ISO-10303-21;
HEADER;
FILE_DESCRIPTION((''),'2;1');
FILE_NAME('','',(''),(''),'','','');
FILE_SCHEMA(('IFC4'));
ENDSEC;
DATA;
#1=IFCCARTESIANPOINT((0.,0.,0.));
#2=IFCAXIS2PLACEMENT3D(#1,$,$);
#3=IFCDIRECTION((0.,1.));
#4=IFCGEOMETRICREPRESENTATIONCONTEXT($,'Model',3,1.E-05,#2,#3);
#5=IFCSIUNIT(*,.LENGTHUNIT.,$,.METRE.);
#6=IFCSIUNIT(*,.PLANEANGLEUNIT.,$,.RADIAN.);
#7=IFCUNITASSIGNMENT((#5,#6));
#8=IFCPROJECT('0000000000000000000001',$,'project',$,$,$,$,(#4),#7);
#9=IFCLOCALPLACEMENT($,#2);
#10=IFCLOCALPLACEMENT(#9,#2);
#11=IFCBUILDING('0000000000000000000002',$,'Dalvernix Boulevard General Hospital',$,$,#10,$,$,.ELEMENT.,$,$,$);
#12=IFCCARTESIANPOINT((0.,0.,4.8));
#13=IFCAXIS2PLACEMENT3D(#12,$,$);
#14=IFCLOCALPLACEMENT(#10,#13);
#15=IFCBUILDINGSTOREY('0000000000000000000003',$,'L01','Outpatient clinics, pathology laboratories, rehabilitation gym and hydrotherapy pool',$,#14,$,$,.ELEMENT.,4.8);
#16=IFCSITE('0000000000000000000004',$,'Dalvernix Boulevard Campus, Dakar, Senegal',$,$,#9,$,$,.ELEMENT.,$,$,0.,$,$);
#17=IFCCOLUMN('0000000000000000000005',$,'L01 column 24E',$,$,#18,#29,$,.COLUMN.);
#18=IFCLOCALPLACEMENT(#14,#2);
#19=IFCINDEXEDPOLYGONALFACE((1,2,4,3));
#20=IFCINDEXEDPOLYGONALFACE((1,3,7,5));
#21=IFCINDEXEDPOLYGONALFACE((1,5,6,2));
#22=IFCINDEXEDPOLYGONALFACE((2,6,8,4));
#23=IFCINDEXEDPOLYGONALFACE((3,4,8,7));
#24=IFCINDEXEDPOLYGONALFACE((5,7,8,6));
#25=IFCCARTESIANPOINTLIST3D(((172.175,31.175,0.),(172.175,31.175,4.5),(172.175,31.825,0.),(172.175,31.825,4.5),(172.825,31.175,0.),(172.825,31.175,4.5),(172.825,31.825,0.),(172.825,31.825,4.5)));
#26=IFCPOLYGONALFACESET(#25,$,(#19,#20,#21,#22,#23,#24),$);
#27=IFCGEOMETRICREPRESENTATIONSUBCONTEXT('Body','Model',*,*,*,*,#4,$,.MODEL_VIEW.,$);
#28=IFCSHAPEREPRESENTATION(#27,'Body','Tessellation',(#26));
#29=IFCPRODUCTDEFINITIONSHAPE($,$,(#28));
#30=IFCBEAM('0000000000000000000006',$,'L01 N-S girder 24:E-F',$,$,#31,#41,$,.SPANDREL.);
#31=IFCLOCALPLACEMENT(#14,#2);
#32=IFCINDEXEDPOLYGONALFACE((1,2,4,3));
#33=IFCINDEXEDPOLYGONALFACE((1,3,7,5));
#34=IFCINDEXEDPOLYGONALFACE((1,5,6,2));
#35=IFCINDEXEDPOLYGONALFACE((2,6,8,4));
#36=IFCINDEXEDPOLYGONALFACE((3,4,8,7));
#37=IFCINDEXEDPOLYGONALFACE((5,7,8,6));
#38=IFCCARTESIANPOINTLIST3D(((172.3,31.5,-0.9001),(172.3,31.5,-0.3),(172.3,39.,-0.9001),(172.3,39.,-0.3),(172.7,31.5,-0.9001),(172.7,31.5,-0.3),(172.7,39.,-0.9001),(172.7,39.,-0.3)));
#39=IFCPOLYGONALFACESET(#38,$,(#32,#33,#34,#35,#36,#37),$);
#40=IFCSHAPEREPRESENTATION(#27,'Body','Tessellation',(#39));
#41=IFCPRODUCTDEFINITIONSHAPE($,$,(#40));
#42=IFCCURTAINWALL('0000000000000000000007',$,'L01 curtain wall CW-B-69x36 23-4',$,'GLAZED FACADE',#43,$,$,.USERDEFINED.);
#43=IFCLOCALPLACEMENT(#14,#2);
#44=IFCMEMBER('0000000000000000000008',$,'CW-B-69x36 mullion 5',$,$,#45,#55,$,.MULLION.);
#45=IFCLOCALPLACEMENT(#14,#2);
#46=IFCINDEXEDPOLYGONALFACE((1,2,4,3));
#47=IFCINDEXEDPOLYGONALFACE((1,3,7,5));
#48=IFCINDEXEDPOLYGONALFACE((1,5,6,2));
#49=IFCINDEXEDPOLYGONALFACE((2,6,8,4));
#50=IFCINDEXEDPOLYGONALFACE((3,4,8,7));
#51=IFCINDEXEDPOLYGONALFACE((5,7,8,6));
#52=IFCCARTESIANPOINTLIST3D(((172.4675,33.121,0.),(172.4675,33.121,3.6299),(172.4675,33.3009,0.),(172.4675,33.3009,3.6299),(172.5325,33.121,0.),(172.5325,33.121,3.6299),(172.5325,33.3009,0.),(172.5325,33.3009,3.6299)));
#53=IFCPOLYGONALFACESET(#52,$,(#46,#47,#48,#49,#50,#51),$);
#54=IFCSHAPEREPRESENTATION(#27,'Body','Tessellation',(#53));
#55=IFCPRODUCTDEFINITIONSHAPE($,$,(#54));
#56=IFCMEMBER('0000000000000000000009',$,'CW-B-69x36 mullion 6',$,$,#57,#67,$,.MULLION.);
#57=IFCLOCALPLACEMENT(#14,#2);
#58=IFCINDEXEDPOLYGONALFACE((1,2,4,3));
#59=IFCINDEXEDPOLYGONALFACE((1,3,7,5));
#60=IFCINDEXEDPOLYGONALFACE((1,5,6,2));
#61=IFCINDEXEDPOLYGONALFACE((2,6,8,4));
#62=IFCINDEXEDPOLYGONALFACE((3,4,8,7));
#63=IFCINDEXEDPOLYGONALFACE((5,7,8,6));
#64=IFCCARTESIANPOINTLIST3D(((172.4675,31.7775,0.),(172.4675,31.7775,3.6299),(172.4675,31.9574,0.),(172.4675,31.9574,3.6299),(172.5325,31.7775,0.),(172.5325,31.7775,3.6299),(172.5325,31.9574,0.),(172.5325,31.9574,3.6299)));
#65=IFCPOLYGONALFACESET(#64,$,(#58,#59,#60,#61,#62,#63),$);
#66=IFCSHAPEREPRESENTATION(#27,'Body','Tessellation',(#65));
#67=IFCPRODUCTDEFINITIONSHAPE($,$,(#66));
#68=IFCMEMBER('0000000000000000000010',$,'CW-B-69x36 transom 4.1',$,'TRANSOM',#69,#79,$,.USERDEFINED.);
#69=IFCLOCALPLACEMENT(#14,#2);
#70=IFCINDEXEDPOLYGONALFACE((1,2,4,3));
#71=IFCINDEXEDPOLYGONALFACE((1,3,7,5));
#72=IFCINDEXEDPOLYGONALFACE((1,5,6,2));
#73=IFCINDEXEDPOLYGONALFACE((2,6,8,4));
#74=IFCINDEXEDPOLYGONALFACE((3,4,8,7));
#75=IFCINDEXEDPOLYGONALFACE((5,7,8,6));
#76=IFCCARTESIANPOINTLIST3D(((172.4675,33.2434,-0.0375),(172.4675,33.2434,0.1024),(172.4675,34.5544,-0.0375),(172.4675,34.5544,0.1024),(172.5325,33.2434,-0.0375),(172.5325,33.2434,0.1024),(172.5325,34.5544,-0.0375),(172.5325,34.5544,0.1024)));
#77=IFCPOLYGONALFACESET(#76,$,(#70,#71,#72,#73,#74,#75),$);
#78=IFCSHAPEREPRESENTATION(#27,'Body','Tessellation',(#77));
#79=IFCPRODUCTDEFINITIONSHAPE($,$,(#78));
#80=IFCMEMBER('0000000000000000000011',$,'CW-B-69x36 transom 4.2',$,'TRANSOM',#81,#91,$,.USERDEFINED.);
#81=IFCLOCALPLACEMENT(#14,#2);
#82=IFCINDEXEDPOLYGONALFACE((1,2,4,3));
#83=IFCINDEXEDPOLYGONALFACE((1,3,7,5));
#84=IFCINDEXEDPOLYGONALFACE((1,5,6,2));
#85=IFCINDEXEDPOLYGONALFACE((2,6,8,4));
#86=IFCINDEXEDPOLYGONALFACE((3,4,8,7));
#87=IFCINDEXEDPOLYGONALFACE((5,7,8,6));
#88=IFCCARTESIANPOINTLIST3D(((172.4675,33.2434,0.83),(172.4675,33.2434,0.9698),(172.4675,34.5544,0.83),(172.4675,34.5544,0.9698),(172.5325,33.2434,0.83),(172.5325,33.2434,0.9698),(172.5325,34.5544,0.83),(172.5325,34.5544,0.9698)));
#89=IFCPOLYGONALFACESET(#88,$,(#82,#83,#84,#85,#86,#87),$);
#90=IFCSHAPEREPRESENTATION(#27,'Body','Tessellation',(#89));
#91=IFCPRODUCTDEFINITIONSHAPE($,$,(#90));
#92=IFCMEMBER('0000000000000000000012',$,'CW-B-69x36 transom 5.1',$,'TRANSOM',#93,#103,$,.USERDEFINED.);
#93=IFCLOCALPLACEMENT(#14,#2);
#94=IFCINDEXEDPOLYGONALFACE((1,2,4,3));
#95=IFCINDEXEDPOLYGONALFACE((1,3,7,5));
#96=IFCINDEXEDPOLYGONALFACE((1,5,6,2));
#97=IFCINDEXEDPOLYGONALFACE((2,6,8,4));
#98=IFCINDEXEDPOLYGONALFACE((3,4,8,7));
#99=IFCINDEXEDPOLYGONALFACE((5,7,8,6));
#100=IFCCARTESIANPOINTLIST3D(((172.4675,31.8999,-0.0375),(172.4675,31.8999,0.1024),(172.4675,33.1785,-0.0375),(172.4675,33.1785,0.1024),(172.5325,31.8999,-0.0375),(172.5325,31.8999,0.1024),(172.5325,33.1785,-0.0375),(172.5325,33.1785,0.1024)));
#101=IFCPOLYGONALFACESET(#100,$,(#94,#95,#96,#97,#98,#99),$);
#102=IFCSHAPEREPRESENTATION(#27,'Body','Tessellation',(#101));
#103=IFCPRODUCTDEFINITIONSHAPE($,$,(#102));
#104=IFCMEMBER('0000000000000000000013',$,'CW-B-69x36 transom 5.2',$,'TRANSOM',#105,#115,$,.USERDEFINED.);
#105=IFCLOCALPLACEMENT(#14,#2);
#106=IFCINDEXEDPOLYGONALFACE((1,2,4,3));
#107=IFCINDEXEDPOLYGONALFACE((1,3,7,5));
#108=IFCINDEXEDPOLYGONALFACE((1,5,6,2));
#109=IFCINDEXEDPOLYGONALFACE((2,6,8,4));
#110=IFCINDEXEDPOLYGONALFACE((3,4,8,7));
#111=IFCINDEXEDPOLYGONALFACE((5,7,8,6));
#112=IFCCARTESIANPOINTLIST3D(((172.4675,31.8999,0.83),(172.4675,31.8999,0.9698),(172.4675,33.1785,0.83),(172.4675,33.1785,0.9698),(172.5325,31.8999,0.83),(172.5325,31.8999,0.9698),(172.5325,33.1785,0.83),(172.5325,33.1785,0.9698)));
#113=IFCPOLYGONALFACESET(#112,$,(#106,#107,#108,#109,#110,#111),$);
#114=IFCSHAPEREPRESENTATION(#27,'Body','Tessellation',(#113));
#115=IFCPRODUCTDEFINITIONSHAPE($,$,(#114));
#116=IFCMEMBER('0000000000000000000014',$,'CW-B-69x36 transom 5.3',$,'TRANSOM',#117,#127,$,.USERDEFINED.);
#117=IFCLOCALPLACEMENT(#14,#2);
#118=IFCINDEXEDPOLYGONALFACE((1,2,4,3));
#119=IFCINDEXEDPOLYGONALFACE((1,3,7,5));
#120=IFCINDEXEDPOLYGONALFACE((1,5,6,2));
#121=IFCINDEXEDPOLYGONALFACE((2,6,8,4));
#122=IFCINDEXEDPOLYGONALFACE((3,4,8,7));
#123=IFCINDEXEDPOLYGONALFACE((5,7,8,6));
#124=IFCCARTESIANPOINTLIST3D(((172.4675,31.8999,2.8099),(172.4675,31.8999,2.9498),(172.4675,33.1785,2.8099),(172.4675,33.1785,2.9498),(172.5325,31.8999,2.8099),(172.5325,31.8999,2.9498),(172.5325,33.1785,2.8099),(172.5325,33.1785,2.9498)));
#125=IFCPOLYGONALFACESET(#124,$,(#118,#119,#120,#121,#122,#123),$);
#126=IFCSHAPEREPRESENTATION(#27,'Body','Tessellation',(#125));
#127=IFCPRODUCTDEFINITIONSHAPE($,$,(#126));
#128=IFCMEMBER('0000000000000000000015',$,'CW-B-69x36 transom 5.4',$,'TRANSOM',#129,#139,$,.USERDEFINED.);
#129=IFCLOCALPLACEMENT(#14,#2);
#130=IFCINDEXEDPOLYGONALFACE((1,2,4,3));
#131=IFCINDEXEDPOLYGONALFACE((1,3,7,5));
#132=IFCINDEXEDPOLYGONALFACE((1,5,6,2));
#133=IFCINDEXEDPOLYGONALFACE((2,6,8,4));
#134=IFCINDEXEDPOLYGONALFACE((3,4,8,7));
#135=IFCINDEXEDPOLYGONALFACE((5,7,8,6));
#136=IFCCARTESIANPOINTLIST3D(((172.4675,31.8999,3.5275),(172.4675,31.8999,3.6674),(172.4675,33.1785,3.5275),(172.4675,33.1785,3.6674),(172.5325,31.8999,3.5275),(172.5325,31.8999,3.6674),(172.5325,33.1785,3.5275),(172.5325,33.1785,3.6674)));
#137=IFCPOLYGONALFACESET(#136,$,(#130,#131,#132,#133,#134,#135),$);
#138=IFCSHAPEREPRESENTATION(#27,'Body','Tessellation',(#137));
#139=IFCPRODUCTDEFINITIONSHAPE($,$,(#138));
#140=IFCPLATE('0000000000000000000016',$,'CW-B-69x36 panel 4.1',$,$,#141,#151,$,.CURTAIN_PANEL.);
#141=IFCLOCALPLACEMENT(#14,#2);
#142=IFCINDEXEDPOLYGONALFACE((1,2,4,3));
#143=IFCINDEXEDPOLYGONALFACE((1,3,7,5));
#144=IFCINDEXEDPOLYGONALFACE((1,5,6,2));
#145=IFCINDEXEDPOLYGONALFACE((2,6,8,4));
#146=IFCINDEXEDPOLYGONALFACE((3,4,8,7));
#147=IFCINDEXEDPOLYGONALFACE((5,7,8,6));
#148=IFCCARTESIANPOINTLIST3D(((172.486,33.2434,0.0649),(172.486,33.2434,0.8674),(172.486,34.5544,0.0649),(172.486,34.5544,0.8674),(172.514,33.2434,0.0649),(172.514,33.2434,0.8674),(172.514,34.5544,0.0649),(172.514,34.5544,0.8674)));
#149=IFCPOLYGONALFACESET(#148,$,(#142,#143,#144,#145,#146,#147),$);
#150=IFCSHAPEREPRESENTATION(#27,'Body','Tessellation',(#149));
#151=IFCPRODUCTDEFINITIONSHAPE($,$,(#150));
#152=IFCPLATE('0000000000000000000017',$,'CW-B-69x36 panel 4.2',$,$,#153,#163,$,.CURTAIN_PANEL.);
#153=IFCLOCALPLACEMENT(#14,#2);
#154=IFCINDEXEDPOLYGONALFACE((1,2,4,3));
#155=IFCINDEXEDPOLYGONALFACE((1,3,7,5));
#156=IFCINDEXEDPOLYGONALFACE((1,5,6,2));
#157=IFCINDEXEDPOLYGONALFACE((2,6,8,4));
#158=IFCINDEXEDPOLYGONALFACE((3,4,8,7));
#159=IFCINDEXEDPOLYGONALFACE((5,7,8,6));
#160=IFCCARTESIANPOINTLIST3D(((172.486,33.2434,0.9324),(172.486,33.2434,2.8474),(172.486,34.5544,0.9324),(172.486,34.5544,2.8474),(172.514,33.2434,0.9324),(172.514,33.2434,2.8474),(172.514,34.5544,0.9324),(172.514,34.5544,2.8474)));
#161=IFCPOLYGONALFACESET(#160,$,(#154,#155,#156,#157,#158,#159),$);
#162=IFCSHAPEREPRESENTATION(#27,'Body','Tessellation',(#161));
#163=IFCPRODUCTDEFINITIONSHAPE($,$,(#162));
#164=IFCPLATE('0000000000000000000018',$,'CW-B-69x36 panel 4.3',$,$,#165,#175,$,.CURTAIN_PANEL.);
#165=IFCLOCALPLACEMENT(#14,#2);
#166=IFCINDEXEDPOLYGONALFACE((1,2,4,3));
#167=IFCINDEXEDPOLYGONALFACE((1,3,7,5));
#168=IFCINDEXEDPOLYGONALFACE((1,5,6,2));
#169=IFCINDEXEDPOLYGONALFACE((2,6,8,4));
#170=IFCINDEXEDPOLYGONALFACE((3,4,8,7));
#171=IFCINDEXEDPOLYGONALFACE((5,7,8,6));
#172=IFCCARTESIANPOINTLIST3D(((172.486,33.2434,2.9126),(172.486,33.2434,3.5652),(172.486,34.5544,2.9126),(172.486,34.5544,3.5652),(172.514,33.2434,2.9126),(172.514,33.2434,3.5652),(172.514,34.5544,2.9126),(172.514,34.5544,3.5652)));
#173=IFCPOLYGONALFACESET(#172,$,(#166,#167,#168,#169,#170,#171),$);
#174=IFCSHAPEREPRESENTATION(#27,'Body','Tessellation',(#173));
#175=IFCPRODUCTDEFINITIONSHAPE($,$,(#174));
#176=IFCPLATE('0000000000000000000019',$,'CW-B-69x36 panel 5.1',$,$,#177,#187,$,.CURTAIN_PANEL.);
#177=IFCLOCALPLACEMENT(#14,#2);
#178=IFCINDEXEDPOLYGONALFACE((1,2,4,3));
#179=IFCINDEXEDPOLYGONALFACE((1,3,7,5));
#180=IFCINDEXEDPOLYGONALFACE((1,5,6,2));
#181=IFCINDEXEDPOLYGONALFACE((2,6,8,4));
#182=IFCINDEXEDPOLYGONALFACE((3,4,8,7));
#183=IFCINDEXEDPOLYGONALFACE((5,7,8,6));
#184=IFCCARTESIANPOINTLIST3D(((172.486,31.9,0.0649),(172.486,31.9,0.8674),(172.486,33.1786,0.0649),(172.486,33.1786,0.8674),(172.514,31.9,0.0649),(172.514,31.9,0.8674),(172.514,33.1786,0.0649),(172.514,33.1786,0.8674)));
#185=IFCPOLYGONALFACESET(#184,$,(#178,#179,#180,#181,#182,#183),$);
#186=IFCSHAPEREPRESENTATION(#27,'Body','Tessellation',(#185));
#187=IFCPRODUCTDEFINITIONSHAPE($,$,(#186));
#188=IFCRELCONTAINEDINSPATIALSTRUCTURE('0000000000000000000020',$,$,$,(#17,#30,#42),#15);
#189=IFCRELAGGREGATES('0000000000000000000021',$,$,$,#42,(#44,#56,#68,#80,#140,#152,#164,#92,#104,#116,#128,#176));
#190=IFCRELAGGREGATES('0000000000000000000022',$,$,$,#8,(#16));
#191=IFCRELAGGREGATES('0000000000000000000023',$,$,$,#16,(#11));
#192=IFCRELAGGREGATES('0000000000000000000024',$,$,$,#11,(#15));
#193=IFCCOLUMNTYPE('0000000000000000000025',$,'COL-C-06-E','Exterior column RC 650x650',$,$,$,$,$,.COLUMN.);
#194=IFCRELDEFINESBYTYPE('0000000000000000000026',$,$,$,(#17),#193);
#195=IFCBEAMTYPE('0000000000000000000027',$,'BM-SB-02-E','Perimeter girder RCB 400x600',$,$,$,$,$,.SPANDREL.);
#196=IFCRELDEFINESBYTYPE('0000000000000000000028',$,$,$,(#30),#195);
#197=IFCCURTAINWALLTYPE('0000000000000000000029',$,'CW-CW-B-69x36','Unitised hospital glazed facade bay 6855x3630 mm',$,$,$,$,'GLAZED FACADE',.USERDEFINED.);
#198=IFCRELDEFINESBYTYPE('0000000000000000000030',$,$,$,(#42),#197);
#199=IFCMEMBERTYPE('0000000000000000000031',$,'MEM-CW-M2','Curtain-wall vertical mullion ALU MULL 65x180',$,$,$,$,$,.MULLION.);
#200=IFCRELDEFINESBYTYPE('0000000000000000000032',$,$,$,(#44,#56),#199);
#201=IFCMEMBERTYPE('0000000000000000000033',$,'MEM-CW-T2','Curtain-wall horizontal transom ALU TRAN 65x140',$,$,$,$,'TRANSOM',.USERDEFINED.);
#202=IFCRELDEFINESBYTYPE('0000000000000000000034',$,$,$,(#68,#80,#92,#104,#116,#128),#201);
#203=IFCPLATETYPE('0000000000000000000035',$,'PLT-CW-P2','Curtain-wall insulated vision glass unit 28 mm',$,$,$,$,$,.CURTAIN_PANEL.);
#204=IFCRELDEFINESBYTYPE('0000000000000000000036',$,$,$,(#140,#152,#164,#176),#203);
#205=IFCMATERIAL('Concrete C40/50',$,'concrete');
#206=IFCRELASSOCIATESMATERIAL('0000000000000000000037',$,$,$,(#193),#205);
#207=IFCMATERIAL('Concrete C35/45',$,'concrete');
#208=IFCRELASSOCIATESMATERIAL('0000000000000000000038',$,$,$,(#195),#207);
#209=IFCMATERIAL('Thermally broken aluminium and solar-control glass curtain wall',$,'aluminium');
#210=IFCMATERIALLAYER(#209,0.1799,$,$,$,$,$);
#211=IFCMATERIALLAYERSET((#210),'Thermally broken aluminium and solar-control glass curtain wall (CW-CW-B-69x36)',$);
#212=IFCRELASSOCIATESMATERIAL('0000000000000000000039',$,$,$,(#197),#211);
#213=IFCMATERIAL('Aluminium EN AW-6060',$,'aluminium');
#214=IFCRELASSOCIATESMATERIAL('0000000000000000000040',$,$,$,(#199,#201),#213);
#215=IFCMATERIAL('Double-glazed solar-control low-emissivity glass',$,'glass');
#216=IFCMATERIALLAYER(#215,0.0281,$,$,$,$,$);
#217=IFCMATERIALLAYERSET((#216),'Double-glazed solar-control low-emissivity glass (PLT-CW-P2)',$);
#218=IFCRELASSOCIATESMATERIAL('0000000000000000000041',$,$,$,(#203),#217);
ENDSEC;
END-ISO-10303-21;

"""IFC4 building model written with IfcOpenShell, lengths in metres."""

from ifc_helpers import new_model, si_unit, direction, frame, origin, origin_2d, place, context, subcontext, project, spatial, rectangle, extrude, material, layer, layer_set, material_profile, profile_set, type_object, element, aggregate, save


model = new_model("IFC4")

# Units and contexts
model_context = context("Model", 3, precision=1e-05, world=origin(), true_north=direction((0.0, 1.0)))
body_context = subcontext(model_context, "Body", "Model", "MODEL_VIEW")
ifc_project = project(units=[si_unit("LENGTHUNIT", "METRE"), si_unit("PLANEANGLEUNIT", "RADIAN")], contexts=[model_context])

# Site, building, storey
site_placement = place(None, origin())
site = spatial("IfcSite", under=ifc_project, at=site_placement, Name="Dalvernix Boulevard Campus, Dakar, Senegal", CompositionType="ELEMENT", RefElevation=0.0)
building_placement = place(site_placement, origin())
building = spatial("IfcBuilding", under=site, at=building_placement, Name="Dalvernix Boulevard General Hospital", CompositionType="ELEMENT")
storey_placement = place(building_placement, frame((0.0, 0.0, 4.8)))
storey = spatial("IfcBuildingStorey", under=building, at=storey_placement, Name="L01", Description="Outpatient clinics, pathology laboratories, rehabilitation gym and hydrotherapy pool", CompositionType="ELEMENT", Elevation=4.8)

# Column
ifc_material_1 = material(Name="Concrete C40/50", Category="concrete")
ifc_material_profile_1 = material_profile(ifc_material_1, rectangle(XDim=0.6499, YDim=0.6499, at=origin_2d()), Name="RC 650x650")
ifc_profile_set_1 = profile_set([ifc_material_profile_1], Name="Concrete C40/50")
column_type = type_object("IfcColumnType", Name="COL-C-06-E", Description="Exterior column RC 650x650", PredefinedType="COLUMN", material=ifc_profile_set_1)
column_placement = place(storey_placement, frame((172.5, 31.5, 0.0), z_axis=(0.0, 0.0, 1.0), x_axis=(1.0, 0.0, 0.0)))
element("IfcColumn", 1, at=column_placement, inside=storey, type_object=column_type, Name="L01 column 24E", PredefinedType="COLUMN", context=body_context, shape_type="SweptSolid", body=[
    extrude(rectangle(XDim=0.6499, YDim=0.6499, at=origin_2d()), origin(), (0.0, 0.0, 1.0), 4.5),
])

# Beam
ifc_material_2 = material(Name="Concrete C35/45", Category="concrete")
ifc_material_profile_2 = material_profile(ifc_material_2, rectangle(XDim=0.3999, YDim=0.6001, at=origin_2d()), Name="RCB 400x600")
ifc_profile_set_2 = profile_set([ifc_material_profile_2], Name="Concrete C35/45")
beam_type = type_object("IfcBeamType", Name="BM-SB-02-E", Description="Perimeter girder RCB 400x600", PredefinedType="SPANDREL", material=ifc_profile_set_2)
beam_placement = place(storey_placement, frame((172.5, 31.5, -0.6001), z_axis=(0.0, 1.0, 0.0), x_axis=(-1.0, 0.0, 0.0)))
element("IfcBeam", 2, at=beam_placement, inside=storey, type_object=beam_type, Name="L01 N-S girder 24:E-F", PredefinedType="SPANDREL", context=body_context, shape_type="SweptSolid", body=[
    extrude(rectangle(XDim=0.3999, YDim=0.6001, at=origin_2d()), origin(), (0.0, 0.0, 1.0), 7.5),
])

# Curtain wall, members, plates
ifc_material_3 = material(Name="Thermally broken aluminium and solar-control glass curtain wall", Category="aluminium")
ifc_layer_1 = layer(ifc_material_3, 0.1799)
ifc_layer_set_1 = layer_set([ifc_layer_1], Name="Thermally broken aluminium and solar-control glass curtain wall (CW-CW-B-69x36)")
curtain_wall_type = type_object("IfcCurtainWallType", Name="CW-CW-B-69x36", Description="Unitised hospital glazed facade bay 6855x3630 mm", ElementType="GLAZED FACADE", PredefinedType="USERDEFINED", material=ifc_layer_set_1)
curtain_wall_placement = place(storey_placement, origin())
curtain_wall = element("IfcCurtainWall", 3, at=curtain_wall_placement, inside=storey, type_object=curtain_wall_type, Name="L01 curtain wall CW-B-69x36 23-4", ObjectType="GLAZED FACADE", PredefinedType="USERDEFINED")
ifc_material_4 = material(Name="Aluminium EN AW-6060", Category="aluminium")
ifc_material_profile_3 = material_profile(ifc_material_4, rectangle(XDim=0.0649, YDim=0.1799, at=origin_2d()), Name="ALU MULL 65x180")
ifc_profile_set_3 = profile_set([ifc_material_profile_3], Name="Aluminium EN AW-6060")
member_type_1 = type_object("IfcMemberType", Name="MEM-CW-M2", Description="Curtain-wall vertical mullion ALU MULL 65x180", PredefinedType="MULLION", material=ifc_profile_set_3)
member_1_placement = place(storey_placement, frame((172.5, 33.2109, 0.0), z_axis=(0.0, 0.0, 1.0), x_axis=(1.0, 0.0, 0.0)))
member_1 = element("IfcMember", 4, at=member_1_placement, type_object=member_type_1, Name="CW-B-69x36 mullion 5", PredefinedType="MULLION", context=body_context, shape_type="SweptSolid", body=[
    extrude(rectangle(XDim=0.0649, YDim=0.1799, at=origin_2d()), origin(), (0.0, 0.0, 1.0), 3.6299),
])
member_2_placement = place(storey_placement, frame((172.5, 31.8674, 0.0), z_axis=(0.0, 0.0, 1.0), x_axis=(1.0, 0.0, 0.0)))
member_2 = element("IfcMember", 5, at=member_2_placement, type_object=member_type_1, Name="CW-B-69x36 mullion 6", PredefinedType="MULLION", context=body_context, shape_type="SweptSolid", body=[
    extrude(rectangle(XDim=0.0649, YDim=0.1799, at=origin_2d()), origin(), (0.0, 0.0, 1.0), 3.6299),
])
ifc_material_profile_4 = material_profile(ifc_material_4, rectangle(XDim=0.0649, YDim=0.1399, at=origin_2d()), Name="ALU TRAN 65x140")
ifc_profile_set_4 = profile_set([ifc_material_profile_4], Name="Aluminium EN AW-6060")
member_type_2 = type_object("IfcMemberType", Name="MEM-CW-T2", Description="Curtain-wall horizontal transom ALU TRAN 65x140", ElementType="TRANSOM", PredefinedType="USERDEFINED", material=ifc_profile_set_4)
member_3_placement = place(storey_placement, frame((172.5, 34.5544, 0.0325), z_axis=(0.0, -1.0, 0.0), x_axis=(1.0, 0.0, 0.0)))
member_3 = element("IfcMember", 6, at=member_3_placement, type_object=member_type_2, Name="CW-B-69x36 transom 4.1", ObjectType="TRANSOM", PredefinedType="USERDEFINED", context=body_context, shape_type="SweptSolid", body=[
    extrude(rectangle(XDim=0.0649, YDim=0.1399, at=origin_2d()), origin(), (0.0, 0.0, 1.0), 1.311),
])
member_4_placement = place(storey_placement, frame((172.5, 34.5544, 0.8999), z_axis=(0.0, -1.0, 0.0), x_axis=(1.0, 0.0, 0.0)))
member_4 = element("IfcMember", 7, at=member_4_placement, type_object=member_type_2, Name="CW-B-69x36 transom 4.2", ObjectType="TRANSOM", PredefinedType="USERDEFINED", context=body_context, shape_type="SweptSolid", body=[
    extrude(rectangle(XDim=0.0649, YDim=0.1399, at=origin_2d()), origin(), (0.0, 0.0, 1.0), 1.311),
])
member_5_placement = place(storey_placement, frame((172.5, 33.1785, 0.0325), z_axis=(0.0, -1.0, 0.0), x_axis=(1.0, 0.0, 0.0)))
member_5 = element("IfcMember", 8, at=member_5_placement, type_object=member_type_2, Name="CW-B-69x36 transom 5.1", ObjectType="TRANSOM", PredefinedType="USERDEFINED", context=body_context, shape_type="SweptSolid", body=[
    extrude(rectangle(XDim=0.0649, YDim=0.1399, at=origin_2d()), origin(), (0.0, 0.0, 1.0), 1.2786),
])
member_6_placement = place(storey_placement, frame((172.5, 33.1785, 0.8999), z_axis=(0.0, -1.0, 0.0), x_axis=(1.0, 0.0, 0.0)))
member_6 = element("IfcMember", 9, at=member_6_placement, type_object=member_type_2, Name="CW-B-69x36 transom 5.2", ObjectType="TRANSOM", PredefinedType="USERDEFINED", context=body_context, shape_type="SweptSolid", body=[
    extrude(rectangle(XDim=0.0649, YDim=0.1399, at=origin_2d()), origin(), (0.0, 0.0, 1.0), 1.2786),
])
member_7_placement = place(storey_placement, frame((172.5, 33.1785, 2.8799), z_axis=(0.0, -1.0, 0.0), x_axis=(1.0, 0.0, 0.0)))
member_7 = element("IfcMember", 10, at=member_7_placement, type_object=member_type_2, Name="CW-B-69x36 transom 5.3", ObjectType="TRANSOM", PredefinedType="USERDEFINED", context=body_context, shape_type="SweptSolid", body=[
    extrude(rectangle(XDim=0.0649, YDim=0.1399, at=origin_2d()), origin(), (0.0, 0.0, 1.0), 1.2786),
])
member_8_placement = place(storey_placement, frame((172.5, 33.1785, 3.5974), z_axis=(0.0, -1.0, 0.0), x_axis=(1.0, 0.0, 0.0)))
member_8 = element("IfcMember", 11, at=member_8_placement, type_object=member_type_2, Name="CW-B-69x36 transom 5.4", ObjectType="TRANSOM", PredefinedType="USERDEFINED", context=body_context, shape_type="SweptSolid", body=[
    extrude(rectangle(XDim=0.0649, YDim=0.1399, at=origin_2d()), origin(), (0.0, 0.0, 1.0), 1.2786),
])
ifc_material_5 = material(Name="Double-glazed solar-control low-emissivity glass", Category="glass")
ifc_layer_2 = layer(ifc_material_5, 0.0281)
ifc_layer_set_2 = layer_set([ifc_layer_2], Name="Double-glazed solar-control low-emissivity glass (PLT-CW-P2)")
plate_type = type_object("IfcPlateType", Name="PLT-CW-P2", Description="Curtain-wall insulated vision glass unit 28 mm", PredefinedType="CURTAIN_PANEL", material=ifc_layer_set_2)
plate_1_placement = place(storey_placement, frame((172.5, 33.8989, 0.0649), z_axis=(0.0, 0.0, 1.0), x_axis=(0.0, -1.0, 0.0)))
plate_1 = element("IfcPlate", 12, at=plate_1_placement, type_object=plate_type, Name="CW-B-69x36 panel 4.1", PredefinedType="CURTAIN_PANEL", context=body_context, shape_type="SweptSolid", body=[
    extrude(rectangle(XDim=1.311, YDim=0.0281, at=origin_2d()), origin(), (0.0, 0.0, 1.0), 0.8025),
])
plate_2_placement = place(storey_placement, frame((172.5, 33.8989, 0.9324), z_axis=(0.0, 0.0, 1.0), x_axis=(0.0, -1.0, 0.0)))
plate_2 = element("IfcPlate", 13, at=plate_2_placement, type_object=plate_type, Name="CW-B-69x36 panel 4.2", PredefinedType="CURTAIN_PANEL", context=body_context, shape_type="SweptSolid", body=[
    extrude(rectangle(XDim=1.311, YDim=0.0281, at=origin_2d()), origin(), (0.0, 0.0, 1.0), 1.915),
])
plate_3_placement = place(storey_placement, frame((172.5, 33.8989, 2.9126), z_axis=(0.0, 0.0, 1.0), x_axis=(0.0, -1.0, 0.0)))
plate_3 = element("IfcPlate", 14, at=plate_3_placement, type_object=plate_type, Name="CW-B-69x36 panel 4.3", PredefinedType="CURTAIN_PANEL", context=body_context, shape_type="SweptSolid", body=[
    extrude(rectangle(XDim=1.311, YDim=0.0281, at=origin_2d()), origin(), (0.0, 0.0, 1.0), 0.6526),
])
plate_4_placement = place(storey_placement, frame((172.5, 32.5393, 0.0649), z_axis=(0.0, 0.0, 1.0), x_axis=(0.0, -1.0, 0.0)))
plate_4 = element("IfcPlate", 15, at=plate_4_placement, type_object=plate_type, Name="CW-B-69x36 panel 5.1", PredefinedType="CURTAIN_PANEL", context=body_context, shape_type="SweptSolid", body=[
    extrude(rectangle(XDim=1.2786, YDim=0.0281, at=origin_2d()), origin(), (0.0, 0.0, 1.0), 0.8025),
])
aggregate(curtain_wall, [member_1, member_2, member_3, member_4, plate_1, plate_2, plate_3, member_5, member_6, member_7, member_8, plate_4])

save(model, "model.ifc")
